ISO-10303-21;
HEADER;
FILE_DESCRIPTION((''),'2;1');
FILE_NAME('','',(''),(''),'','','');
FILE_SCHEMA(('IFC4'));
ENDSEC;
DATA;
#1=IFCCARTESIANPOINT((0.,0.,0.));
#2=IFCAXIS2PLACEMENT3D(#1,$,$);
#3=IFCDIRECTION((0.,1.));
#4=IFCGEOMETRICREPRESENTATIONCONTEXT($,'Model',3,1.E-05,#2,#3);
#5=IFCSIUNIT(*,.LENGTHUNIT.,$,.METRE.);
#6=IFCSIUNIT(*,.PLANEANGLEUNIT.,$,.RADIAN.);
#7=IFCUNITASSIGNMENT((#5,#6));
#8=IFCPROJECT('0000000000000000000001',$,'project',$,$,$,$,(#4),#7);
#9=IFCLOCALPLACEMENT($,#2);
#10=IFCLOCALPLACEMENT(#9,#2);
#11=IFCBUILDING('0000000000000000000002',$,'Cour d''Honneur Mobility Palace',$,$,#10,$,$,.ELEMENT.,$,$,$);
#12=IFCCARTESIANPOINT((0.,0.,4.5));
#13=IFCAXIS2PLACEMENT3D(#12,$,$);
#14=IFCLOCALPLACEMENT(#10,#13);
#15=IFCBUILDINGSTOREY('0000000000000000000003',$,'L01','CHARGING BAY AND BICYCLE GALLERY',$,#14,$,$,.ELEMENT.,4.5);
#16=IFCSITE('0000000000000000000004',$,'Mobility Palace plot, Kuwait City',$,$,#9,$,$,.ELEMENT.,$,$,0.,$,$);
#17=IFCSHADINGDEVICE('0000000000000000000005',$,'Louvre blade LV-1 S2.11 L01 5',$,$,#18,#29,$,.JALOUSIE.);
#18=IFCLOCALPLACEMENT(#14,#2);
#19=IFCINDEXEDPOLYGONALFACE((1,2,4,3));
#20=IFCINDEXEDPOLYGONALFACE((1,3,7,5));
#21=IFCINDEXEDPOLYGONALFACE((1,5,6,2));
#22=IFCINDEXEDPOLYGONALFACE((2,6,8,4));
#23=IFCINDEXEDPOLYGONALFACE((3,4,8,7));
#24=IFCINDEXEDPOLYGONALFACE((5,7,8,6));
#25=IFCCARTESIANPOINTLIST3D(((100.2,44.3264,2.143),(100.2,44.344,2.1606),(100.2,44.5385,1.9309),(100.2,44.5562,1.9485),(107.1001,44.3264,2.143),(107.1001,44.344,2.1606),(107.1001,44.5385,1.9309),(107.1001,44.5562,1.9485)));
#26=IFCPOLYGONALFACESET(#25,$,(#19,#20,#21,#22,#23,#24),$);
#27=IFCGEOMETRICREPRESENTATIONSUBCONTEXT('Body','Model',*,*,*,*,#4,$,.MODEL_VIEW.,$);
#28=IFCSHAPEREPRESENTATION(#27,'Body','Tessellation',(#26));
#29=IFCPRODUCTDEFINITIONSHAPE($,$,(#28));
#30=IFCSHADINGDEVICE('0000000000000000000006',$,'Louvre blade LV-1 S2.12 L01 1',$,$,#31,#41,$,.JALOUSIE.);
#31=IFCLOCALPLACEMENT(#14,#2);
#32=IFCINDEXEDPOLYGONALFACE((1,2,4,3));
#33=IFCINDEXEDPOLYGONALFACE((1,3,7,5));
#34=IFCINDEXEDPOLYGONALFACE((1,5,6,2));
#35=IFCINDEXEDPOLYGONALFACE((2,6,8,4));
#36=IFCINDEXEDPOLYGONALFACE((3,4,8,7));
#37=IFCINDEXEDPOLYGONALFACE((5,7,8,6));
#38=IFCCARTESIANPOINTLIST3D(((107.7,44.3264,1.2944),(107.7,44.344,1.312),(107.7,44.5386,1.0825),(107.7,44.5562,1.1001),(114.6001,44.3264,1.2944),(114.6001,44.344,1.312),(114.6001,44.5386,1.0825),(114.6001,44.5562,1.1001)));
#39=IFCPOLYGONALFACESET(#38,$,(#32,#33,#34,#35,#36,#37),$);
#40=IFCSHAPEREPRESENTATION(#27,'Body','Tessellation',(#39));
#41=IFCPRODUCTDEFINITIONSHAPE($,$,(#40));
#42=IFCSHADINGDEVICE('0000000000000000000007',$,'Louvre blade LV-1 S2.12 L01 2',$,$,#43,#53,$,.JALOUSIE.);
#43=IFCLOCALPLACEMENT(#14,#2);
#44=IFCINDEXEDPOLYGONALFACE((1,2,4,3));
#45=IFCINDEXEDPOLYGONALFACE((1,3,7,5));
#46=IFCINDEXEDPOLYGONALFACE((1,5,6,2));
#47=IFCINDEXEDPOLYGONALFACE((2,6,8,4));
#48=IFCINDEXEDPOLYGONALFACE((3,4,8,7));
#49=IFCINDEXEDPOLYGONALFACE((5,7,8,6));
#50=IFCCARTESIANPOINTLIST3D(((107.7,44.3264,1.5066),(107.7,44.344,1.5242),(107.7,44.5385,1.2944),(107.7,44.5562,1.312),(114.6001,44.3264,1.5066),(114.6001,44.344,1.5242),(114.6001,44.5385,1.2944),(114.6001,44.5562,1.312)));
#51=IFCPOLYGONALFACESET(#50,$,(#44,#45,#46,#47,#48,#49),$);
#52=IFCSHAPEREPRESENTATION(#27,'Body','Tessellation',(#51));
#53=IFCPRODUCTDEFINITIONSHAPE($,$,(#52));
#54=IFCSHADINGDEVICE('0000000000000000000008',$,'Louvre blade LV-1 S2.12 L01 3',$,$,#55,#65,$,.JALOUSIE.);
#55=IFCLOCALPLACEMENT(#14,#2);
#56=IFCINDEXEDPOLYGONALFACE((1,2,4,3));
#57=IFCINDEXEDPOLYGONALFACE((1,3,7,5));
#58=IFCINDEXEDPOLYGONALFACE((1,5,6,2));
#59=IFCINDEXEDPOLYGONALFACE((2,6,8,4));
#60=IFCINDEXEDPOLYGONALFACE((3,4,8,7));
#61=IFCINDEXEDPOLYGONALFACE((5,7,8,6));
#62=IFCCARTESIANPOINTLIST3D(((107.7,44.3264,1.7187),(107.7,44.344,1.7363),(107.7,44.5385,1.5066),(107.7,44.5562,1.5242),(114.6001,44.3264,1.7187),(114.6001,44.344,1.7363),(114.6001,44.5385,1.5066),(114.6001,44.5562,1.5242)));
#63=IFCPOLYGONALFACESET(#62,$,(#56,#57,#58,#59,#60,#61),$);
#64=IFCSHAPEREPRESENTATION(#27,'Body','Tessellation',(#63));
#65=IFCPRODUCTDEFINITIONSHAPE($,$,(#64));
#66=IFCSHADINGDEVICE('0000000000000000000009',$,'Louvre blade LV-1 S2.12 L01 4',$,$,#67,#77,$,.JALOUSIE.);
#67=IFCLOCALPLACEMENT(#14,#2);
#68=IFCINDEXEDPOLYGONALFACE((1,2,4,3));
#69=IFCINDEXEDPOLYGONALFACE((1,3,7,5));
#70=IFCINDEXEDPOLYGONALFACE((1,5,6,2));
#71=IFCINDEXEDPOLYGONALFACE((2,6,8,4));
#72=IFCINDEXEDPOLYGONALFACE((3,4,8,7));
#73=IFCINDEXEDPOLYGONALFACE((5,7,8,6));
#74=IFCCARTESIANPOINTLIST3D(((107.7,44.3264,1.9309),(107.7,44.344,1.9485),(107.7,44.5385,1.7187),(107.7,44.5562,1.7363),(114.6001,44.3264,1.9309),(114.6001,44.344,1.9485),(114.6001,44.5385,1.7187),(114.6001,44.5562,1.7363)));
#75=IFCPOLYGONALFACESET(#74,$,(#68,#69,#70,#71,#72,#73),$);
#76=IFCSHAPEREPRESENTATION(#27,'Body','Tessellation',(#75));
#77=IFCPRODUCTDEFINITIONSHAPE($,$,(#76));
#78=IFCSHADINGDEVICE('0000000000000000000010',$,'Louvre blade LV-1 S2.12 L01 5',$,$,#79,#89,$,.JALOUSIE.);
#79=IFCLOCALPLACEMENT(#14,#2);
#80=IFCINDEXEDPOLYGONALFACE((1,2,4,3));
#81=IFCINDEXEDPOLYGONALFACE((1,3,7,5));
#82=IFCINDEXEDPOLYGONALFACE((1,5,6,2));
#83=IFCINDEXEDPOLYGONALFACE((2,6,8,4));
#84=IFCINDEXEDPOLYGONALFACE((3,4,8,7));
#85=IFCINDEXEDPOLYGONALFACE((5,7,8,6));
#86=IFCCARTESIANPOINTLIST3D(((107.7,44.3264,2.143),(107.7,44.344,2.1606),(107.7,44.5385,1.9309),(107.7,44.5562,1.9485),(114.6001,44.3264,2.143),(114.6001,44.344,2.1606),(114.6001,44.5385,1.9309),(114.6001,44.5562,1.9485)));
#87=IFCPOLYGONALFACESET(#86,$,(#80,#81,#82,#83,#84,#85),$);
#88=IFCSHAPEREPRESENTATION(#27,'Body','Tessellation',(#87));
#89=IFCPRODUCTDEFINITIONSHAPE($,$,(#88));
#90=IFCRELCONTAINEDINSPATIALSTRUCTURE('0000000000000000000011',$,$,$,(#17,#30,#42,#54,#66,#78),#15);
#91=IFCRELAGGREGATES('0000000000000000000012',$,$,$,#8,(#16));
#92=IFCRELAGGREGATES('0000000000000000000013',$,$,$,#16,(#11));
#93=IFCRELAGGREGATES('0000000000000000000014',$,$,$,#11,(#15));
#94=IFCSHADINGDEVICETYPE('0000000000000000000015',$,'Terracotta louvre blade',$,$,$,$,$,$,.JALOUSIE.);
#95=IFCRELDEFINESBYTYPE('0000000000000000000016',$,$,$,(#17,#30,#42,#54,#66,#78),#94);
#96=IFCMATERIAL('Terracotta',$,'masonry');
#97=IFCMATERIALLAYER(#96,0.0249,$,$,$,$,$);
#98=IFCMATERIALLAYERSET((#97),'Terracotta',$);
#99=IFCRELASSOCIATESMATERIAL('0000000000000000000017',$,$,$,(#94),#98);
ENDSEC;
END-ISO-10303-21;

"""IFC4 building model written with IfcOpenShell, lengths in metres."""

from ifc_helpers import new_model, si_unit, direction, frame, origin, place, context, subcontext, project, spatial, polyline, outline, extrude, material, layer, layer_set, type_object, element, save


model = new_model("IFC4")

# Units and contexts
model_context = context("Model", 3, precision=1e-05, world=origin(), true_north=direction((0.0, 1.0)))
body_context = subcontext(model_context, "Body", "Model", "MODEL_VIEW")
ifc_project = project(units=[si_unit("LENGTHUNIT", "METRE"), si_unit("PLANEANGLEUNIT", "RADIAN")], contexts=[model_context])

# Site, building, storey
site_placement = place(None, origin())
site = spatial("IfcSite", under=ifc_project, at=site_placement, Name="Mobility Palace plot, Kuwait City", CompositionType="ELEMENT", RefElevation=0.0)
building_placement = place(site_placement, origin())
building = spatial("IfcBuilding", under=site, at=building_placement, Name="Cour d'Honneur Mobility Palace", CompositionType="ELEMENT")
storey_placement = place(building_placement, frame((0.0, 0.0, 4.5)))
storey = spatial("IfcBuildingStorey", under=building, at=storey_placement, Name="L01", Description="CHARGING BAY AND BICYCLE GALLERY", CompositionType="ELEMENT", Elevation=4.5)

# Shading devices
ifc_material_1 = material(Name="Terracotta", Category="masonry")
ifc_layer_1 = layer(ifc_material_1, 0.0249)
ifc_layer_set_1 = layer_set([ifc_layer_1], Name="Terracotta")
shading_device_type = type_object("IfcShadingDeviceType", Name="Terracotta louvre blade", PredefinedType="JALOUSIE", material=ifc_layer_set_1)
for number, where, z_axis, x_axis, name in (
    (1, (100.2, 44.5562, 1.9485), (0.0, 0.707107, 0.707107), (1.0, 0.0, 0.0), "Louvre blade LV-1 S2.11 L01 5"),
):
    element("IfcShadingDevice", number, at=place(storey_placement, frame(where, z_axis=z_axis, x_axis=x_axis)), inside=storey, type_object=shading_device_type, Name=name, PredefinedType="JALOUSIE", context=body_context, shape_type="SweptSolid", body=[
        extrude(outline(polyline([(0.0, 0.0), (6.9001, 0.0), (6.9001, -0.3), (0.0, -0.3), (0.0, 0.0)])), origin(), (0.0, 0.0, -1.0), 0.0249),
    ])
shading_device_1_placement = place(storey_placement, frame((107.7, 44.5562, 1.1001), z_axis=(0.0, 0.7067, 0.707514), x_axis=(1.0, 0.0, 0.0)))
element("IfcShadingDevice", 2, at=shading_device_1_placement, inside=storey, type_object=shading_device_type, Name="Louvre blade LV-1 S2.12 L01 1", PredefinedType="JALOUSIE", context=body_context, shape_type="SweptSolid", body=[
    extrude(outline(polyline([(0.0, 0.0), (6.9001, 0.0), (6.9001, -0.2999), (0.0, -0.2999), (0.0, 0.0)])), origin(), (0.0, 0.0, -1.0), 0.0249),
])
for number, where, z_axis, x_axis, name in (
    (3, (107.7, 44.5562, 1.312), (0.0, 0.707107, 0.707107), (1.0, 0.0, 0.0), "Louvre blade LV-1 S2.12 L01 2"),
    (4, (107.7, 44.5562, 1.5242), (0.0, 0.707107, 0.707107), (1.0, 0.0, 0.0), "Louvre blade LV-1 S2.12 L01 3"),
    (5, (107.7, 44.5562, 1.7363), (0.0, 0.707107, 0.707107), (1.0, 0.0, 0.0), "Louvre blade LV-1 S2.12 L01 4"),
    (6, (107.7, 44.5562, 1.9485), (0.0, 0.707107, 0.707107), (1.0, 0.0, 0.0), "Louvre blade LV-1 S2.12 L01 5"),
):
    element("IfcShadingDevice", number, at=place(storey_placement, frame(where, z_axis=z_axis, x_axis=x_axis)), inside=storey, type_object=shading_device_type, Name=name, PredefinedType="JALOUSIE", context=body_context, shape_type="SweptSolid", body=[
        extrude(outline(polyline([(0.0, 0.0), (6.9001, 0.0), (6.9001, -0.3), (0.0, -0.3), (0.0, 0.0)])), origin(), (0.0, 0.0, -1.0), 0.0249),
    ])

save(model, "model.ifc")
